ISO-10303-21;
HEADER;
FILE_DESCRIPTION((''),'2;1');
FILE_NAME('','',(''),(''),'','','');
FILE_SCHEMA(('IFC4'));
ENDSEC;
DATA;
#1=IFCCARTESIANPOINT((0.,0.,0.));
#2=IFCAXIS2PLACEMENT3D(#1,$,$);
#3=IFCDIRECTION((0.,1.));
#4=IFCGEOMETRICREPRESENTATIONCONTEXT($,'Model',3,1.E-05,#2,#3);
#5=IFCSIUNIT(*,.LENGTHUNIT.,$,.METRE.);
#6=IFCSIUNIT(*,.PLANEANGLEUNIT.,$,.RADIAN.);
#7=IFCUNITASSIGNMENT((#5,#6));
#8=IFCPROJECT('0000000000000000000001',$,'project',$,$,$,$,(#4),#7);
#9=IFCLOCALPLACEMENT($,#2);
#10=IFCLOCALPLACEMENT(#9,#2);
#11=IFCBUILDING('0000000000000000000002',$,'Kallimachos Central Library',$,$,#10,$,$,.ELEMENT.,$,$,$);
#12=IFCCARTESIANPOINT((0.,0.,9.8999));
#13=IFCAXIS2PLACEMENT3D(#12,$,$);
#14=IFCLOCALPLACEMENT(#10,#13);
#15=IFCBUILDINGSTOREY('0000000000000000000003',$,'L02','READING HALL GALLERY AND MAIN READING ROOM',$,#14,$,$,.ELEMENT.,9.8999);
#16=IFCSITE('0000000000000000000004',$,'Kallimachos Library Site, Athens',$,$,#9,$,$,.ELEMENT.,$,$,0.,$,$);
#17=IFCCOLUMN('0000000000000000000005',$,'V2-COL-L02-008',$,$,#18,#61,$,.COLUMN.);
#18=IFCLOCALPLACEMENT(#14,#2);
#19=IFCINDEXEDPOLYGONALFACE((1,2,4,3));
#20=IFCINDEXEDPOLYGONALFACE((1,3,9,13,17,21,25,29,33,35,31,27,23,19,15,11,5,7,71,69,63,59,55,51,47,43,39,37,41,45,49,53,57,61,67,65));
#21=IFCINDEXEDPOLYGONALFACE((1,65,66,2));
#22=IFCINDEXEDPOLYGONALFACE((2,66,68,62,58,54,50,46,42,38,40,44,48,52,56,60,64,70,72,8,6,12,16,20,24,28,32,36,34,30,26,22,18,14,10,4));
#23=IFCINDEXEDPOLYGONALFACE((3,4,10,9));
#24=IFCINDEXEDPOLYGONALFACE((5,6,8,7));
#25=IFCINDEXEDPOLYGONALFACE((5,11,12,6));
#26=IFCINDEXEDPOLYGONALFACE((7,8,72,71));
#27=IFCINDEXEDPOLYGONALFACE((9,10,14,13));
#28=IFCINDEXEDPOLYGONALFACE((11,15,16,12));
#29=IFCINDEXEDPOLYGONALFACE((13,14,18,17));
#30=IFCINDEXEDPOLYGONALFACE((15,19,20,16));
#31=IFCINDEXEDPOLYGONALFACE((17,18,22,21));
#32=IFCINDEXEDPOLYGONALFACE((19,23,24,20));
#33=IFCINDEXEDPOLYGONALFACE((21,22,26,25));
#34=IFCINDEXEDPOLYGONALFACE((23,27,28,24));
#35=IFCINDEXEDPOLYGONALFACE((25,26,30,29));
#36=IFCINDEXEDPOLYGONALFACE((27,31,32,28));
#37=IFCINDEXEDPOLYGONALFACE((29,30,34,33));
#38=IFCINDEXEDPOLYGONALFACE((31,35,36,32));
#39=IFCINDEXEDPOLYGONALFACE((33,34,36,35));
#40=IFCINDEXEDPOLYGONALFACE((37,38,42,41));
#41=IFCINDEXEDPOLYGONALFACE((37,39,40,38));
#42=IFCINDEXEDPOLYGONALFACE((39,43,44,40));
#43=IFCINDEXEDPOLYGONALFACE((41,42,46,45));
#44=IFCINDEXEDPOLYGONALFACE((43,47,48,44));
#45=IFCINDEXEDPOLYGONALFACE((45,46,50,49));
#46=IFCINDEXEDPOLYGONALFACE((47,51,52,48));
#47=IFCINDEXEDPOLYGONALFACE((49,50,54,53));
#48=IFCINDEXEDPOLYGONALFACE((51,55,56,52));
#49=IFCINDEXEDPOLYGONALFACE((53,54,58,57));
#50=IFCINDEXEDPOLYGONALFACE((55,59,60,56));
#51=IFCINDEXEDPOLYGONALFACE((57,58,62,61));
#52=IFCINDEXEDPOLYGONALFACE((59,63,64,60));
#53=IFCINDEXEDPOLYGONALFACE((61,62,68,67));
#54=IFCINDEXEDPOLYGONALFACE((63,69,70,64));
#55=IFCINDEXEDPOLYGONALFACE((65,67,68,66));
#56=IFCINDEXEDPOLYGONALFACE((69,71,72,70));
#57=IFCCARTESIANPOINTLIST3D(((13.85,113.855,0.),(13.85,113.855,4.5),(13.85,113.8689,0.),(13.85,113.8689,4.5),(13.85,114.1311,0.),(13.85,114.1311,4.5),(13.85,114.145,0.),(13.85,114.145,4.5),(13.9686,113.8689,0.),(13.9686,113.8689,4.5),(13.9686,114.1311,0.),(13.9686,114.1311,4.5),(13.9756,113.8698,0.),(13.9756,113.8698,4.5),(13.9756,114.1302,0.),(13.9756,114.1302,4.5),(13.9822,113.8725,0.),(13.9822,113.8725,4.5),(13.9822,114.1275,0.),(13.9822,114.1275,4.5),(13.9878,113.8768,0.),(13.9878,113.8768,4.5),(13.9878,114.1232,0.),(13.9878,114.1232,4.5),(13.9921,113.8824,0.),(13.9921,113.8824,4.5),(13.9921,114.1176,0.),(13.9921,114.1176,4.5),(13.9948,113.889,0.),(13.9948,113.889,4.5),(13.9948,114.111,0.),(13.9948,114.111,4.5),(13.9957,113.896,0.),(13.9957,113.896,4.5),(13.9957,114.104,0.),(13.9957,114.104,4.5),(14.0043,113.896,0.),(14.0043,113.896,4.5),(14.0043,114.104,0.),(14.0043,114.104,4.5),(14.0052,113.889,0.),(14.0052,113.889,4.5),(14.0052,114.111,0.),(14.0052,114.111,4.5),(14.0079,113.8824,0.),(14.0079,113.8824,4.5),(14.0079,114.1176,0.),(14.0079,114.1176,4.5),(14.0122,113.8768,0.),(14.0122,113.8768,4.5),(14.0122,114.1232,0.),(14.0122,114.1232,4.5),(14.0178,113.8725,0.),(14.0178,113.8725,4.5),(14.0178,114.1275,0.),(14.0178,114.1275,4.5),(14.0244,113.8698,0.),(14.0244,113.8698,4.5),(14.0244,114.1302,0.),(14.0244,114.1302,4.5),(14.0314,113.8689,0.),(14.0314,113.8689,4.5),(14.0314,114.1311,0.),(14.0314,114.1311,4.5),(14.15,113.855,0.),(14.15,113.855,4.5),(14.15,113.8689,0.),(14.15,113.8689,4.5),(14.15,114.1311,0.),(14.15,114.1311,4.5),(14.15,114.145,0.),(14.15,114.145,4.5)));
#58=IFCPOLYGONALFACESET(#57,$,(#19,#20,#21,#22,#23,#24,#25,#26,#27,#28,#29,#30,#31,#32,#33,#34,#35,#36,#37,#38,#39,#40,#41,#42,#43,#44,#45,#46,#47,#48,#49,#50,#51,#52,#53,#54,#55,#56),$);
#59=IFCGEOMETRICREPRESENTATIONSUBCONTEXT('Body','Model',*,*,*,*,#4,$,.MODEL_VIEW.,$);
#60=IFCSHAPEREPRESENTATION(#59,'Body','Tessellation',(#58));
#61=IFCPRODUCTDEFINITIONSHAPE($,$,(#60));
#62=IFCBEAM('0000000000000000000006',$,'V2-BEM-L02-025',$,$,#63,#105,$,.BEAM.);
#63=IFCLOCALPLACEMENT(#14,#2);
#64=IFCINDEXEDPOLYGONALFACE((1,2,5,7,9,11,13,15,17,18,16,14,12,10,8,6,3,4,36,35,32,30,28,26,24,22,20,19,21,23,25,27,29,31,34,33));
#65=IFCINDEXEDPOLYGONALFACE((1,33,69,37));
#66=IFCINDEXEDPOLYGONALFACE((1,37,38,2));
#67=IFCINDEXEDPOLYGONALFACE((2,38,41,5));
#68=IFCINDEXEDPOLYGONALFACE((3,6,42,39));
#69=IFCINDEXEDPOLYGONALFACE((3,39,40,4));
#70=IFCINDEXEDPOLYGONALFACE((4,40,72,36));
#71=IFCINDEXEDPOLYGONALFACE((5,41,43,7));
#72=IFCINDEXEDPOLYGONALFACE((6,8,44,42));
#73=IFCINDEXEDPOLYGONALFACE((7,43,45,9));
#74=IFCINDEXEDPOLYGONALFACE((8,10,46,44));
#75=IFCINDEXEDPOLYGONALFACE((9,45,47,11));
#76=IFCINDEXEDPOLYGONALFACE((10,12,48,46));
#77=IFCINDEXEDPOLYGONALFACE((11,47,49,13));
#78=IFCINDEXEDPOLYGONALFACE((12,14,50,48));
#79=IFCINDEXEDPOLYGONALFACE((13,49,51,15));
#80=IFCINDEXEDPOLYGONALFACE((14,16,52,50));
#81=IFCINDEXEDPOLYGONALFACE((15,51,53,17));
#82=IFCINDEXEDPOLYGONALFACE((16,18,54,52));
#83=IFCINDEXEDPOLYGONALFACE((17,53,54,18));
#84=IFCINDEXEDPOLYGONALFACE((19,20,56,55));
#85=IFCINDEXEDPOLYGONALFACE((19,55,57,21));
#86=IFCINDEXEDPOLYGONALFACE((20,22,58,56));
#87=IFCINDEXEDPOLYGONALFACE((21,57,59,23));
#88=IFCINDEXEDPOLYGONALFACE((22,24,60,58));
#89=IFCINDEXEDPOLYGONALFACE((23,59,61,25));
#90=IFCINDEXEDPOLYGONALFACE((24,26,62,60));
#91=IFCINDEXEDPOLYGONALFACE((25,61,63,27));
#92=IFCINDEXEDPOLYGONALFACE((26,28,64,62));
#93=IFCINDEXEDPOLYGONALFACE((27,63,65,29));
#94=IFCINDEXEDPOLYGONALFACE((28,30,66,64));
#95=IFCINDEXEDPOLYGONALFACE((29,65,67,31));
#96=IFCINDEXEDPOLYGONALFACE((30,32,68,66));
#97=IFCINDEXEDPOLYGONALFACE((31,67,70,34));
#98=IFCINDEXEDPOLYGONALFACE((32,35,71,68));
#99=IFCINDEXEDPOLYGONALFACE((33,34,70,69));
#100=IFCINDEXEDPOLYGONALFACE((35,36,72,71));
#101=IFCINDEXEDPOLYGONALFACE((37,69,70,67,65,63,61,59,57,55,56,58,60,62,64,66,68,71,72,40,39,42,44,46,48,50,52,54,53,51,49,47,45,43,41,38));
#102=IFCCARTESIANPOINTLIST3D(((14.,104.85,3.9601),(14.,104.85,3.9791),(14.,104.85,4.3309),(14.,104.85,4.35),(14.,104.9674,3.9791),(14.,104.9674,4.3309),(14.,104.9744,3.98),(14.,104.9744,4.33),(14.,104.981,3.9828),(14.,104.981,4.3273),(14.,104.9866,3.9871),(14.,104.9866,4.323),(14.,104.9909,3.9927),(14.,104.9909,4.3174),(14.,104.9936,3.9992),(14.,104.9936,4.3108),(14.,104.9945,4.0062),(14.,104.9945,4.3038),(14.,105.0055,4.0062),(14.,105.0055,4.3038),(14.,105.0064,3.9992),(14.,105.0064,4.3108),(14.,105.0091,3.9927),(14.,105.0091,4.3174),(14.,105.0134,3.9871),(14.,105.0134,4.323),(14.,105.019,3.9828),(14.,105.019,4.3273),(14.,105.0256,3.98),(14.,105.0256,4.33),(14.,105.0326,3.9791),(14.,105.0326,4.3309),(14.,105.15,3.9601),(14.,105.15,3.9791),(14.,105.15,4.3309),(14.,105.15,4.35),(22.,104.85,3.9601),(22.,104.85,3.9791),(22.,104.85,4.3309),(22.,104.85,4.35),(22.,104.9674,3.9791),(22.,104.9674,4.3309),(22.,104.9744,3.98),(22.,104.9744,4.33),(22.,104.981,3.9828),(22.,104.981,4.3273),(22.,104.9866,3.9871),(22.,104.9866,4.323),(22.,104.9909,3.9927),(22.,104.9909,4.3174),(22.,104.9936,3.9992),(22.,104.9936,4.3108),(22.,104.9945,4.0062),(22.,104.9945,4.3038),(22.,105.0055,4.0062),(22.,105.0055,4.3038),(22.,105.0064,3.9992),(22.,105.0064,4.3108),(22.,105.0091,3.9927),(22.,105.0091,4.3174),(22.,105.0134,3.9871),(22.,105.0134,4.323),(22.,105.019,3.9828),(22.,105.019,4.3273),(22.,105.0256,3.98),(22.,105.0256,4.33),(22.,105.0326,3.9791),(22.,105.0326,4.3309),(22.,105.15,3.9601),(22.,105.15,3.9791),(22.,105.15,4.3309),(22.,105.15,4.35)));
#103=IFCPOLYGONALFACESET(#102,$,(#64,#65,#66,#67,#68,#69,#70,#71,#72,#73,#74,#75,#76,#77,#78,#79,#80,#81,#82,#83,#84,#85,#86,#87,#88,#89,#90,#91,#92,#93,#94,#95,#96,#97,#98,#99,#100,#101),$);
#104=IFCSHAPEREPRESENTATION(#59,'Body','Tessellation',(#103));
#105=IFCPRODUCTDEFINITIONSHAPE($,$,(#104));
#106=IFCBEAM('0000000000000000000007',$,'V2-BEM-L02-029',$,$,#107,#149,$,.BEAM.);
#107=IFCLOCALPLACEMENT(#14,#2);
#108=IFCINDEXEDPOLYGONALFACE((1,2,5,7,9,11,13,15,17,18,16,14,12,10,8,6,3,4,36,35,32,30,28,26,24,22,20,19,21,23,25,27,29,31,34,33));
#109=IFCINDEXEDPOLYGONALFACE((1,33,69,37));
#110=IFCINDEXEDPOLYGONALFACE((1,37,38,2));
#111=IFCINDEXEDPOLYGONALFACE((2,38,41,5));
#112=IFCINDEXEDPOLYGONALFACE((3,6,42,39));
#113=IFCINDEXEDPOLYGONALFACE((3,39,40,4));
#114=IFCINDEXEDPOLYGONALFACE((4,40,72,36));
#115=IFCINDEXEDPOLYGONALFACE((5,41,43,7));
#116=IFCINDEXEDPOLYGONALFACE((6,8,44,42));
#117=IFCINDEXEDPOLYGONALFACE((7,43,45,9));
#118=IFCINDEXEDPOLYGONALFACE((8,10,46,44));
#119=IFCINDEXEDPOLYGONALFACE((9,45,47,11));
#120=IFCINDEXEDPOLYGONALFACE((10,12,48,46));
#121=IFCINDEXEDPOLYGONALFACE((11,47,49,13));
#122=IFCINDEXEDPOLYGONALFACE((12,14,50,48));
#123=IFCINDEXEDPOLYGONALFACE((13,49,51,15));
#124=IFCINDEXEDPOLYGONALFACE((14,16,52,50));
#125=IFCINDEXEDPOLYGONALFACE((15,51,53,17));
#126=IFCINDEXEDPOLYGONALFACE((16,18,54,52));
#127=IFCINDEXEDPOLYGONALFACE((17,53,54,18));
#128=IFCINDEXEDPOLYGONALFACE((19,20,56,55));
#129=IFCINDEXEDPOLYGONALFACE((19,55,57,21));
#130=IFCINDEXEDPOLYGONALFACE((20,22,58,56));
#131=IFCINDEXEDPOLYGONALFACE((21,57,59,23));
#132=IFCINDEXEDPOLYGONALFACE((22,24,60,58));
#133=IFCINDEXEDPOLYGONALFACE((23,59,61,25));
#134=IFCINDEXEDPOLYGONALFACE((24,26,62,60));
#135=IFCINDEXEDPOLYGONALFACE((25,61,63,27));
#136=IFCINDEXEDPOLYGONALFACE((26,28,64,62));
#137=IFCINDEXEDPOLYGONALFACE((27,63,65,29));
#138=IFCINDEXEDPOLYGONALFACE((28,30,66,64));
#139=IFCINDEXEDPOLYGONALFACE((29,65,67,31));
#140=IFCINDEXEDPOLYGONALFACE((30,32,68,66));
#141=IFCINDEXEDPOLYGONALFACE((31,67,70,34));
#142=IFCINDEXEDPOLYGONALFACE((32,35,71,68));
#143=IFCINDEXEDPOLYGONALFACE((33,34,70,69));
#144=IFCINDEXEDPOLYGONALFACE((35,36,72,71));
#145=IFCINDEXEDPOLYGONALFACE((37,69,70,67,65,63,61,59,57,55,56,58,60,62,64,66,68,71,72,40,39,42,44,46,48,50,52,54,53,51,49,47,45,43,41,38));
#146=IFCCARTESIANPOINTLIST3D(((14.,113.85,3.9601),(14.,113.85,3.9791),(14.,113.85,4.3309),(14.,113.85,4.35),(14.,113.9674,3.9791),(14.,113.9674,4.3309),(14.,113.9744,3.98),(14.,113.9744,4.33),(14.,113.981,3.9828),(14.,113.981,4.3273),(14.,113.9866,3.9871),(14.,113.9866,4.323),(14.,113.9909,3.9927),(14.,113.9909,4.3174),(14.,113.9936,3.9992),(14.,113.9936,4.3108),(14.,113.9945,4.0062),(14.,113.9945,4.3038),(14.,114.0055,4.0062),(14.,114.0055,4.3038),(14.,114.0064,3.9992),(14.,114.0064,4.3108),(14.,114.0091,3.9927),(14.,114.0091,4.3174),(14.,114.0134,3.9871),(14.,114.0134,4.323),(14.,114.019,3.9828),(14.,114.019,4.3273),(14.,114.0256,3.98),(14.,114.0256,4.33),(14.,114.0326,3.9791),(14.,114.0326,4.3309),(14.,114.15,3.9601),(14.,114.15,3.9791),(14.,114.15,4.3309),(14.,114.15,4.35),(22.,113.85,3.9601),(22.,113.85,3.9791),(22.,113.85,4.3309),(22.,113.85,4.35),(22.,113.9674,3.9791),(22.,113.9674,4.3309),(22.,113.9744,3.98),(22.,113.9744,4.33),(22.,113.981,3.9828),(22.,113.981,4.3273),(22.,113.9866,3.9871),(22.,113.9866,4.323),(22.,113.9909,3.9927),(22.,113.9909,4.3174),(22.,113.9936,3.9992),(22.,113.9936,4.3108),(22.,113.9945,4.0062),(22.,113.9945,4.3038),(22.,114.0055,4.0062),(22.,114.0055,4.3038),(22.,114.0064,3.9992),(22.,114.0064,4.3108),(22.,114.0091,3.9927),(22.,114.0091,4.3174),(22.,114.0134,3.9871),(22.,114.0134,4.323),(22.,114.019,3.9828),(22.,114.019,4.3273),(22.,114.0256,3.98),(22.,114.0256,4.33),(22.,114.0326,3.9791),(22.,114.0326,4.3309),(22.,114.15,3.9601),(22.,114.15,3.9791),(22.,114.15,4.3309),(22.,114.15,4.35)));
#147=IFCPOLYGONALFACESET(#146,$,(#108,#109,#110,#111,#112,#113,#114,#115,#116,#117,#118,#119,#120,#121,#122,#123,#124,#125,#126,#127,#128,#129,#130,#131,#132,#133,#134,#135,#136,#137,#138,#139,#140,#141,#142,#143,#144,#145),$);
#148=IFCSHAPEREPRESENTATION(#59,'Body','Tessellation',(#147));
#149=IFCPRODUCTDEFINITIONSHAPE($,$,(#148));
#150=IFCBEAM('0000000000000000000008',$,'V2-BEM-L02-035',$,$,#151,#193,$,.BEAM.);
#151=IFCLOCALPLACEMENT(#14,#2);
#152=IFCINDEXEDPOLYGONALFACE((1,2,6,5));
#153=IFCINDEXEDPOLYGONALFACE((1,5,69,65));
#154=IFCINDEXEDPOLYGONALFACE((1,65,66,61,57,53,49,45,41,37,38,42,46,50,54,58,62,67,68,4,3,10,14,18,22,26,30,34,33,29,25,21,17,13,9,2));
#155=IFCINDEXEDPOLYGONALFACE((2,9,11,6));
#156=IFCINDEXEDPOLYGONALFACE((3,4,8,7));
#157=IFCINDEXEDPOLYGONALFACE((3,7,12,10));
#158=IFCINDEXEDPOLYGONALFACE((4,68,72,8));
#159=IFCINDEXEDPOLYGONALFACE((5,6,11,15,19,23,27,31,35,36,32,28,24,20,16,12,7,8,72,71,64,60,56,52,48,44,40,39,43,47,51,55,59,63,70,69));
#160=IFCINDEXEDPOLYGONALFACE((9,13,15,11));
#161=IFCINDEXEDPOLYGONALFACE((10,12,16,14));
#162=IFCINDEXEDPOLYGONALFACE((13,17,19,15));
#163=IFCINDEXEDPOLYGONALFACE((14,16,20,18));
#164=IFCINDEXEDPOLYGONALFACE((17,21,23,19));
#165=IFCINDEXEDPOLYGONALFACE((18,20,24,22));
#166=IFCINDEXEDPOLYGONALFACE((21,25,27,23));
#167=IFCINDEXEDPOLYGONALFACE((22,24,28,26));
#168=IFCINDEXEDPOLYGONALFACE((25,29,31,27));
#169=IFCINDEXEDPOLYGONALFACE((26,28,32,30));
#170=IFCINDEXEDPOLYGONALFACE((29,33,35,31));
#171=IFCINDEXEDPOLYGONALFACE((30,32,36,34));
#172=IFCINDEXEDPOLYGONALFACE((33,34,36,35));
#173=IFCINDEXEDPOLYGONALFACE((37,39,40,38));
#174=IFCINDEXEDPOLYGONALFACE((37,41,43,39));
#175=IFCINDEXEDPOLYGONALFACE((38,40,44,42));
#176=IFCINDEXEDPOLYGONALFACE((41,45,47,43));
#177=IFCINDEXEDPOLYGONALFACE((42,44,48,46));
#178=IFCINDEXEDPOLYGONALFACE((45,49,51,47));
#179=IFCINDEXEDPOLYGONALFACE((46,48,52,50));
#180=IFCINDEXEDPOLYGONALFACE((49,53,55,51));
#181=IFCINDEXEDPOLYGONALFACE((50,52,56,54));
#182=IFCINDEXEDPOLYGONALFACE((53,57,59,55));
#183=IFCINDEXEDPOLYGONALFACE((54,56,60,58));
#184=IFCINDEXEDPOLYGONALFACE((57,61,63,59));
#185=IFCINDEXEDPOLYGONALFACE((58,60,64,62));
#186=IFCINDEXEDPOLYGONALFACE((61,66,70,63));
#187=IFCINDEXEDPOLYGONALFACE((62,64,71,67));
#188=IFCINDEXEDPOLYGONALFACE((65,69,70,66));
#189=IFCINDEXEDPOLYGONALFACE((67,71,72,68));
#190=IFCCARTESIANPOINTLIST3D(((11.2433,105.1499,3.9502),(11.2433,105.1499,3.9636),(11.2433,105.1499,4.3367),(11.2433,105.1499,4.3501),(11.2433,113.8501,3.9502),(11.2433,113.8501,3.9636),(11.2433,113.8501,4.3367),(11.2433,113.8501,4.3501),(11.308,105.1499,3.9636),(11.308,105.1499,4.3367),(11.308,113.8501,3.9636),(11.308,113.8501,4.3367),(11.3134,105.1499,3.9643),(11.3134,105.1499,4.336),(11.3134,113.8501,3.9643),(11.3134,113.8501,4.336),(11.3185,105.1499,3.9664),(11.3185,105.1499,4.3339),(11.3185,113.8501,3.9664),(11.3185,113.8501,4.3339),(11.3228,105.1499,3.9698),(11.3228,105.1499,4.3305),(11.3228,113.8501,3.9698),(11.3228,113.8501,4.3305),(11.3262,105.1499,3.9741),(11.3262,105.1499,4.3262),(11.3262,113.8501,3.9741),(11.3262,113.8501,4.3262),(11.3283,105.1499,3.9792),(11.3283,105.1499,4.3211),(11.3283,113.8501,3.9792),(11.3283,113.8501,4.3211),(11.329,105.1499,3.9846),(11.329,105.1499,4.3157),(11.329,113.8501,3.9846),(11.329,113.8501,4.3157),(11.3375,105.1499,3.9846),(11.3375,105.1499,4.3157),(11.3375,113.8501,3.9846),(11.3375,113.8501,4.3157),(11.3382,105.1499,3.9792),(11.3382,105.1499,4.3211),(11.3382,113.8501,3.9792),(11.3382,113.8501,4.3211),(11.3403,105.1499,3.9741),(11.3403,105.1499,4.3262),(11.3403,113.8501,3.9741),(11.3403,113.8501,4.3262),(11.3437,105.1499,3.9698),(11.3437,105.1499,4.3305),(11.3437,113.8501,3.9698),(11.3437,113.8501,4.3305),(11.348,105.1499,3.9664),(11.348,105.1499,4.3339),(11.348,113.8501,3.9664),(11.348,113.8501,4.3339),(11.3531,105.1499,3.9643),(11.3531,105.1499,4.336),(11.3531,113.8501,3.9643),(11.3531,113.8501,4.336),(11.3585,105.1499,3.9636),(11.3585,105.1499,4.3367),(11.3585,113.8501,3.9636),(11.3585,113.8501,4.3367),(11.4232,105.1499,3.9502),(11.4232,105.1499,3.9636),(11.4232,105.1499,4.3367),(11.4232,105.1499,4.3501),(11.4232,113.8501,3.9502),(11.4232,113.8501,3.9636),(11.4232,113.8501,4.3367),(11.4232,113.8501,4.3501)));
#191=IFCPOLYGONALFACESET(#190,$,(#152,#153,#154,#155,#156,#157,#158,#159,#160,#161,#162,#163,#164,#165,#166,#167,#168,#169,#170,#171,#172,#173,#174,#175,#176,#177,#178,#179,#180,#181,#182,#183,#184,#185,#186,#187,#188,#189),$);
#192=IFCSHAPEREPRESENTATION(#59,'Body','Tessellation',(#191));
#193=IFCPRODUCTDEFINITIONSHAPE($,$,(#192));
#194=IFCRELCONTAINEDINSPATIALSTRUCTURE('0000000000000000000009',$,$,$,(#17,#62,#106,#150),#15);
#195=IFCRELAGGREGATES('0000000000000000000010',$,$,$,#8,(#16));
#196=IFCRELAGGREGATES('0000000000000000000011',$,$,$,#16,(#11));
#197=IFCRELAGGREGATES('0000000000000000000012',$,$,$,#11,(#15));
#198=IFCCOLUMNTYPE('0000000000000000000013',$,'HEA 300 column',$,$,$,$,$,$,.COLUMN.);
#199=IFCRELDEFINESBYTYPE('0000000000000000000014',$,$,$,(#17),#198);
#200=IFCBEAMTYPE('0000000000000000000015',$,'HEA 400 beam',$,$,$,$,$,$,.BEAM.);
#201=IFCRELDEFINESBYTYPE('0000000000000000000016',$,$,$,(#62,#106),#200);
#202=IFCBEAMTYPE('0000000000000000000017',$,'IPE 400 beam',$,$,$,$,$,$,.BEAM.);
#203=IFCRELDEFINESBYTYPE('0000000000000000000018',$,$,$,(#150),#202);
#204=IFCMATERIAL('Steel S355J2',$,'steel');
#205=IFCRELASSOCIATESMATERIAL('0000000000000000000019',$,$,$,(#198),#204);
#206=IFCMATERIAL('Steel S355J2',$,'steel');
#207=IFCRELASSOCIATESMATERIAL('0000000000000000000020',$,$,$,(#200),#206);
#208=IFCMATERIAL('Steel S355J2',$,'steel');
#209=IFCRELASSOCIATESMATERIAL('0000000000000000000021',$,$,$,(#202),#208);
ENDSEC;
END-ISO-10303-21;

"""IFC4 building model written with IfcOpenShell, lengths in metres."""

from ifc_helpers import new_model, si_unit, direction, frame, origin, origin_2d, place, context, subcontext, project, spatial, i_section, extrude, material, material_profile, profile_set, type_object, element, save


model = new_model("IFC4")

# Units and contexts
model_context = context("Model", 3, precision=1e-05, world=origin(), true_north=direction((0.0, 1.0)))
body_context = subcontext(model_context, "Body", "Model", "MODEL_VIEW")
ifc_project = project(units=[si_unit("LENGTHUNIT", "METRE"), si_unit("PLANEANGLEUNIT", "RADIAN")], contexts=[model_context])

# Site, building, storey
site_placement = place(None, origin())
site = spatial("IfcSite", under=ifc_project, at=site_placement, Name="Kallimachos Library Site, Athens", CompositionType="ELEMENT", RefElevation=0.0)
building_placement = place(site_placement, origin())
building = spatial("IfcBuilding", under=site, at=building_placement, Name="Kallimachos Central Library", CompositionType="ELEMENT")
storey_placement = place(building_placement, frame((0.0, 0.0, 9.8999)))
storey = spatial("IfcBuildingStorey", under=building, at=storey_placement, Name="L02", Description="READING HALL GALLERY AND MAIN READING ROOM", CompositionType="ELEMENT", Elevation=9.8999)

# Column
ifc_material_1 = material(Name="Steel S355J2", Category="steel")
ifc_material_profile_1 = material_profile(ifc_material_1, i_section(OverallWidth=0.3, OverallDepth=0.29, WebThickness=0.0085, FlangeThickness=0.0139, FilletRadius=0.0271, at=origin_2d()), Name="HEA 300")
ifc_profile_set_1 = profile_set([ifc_material_profile_1], Name="Steel S355J2")
column_type = type_object("IfcColumnType", Name="HEA 300 column", PredefinedType="COLUMN", material=ifc_profile_set_1)
column_placement = place(storey_placement, frame((14.0, 114.0, 0.0), z_axis=(0.0, 0.0, 1.0), x_axis=(1.0, 0.0, 0.0)))
element("IfcColumn", 1, at=column_placement, inside=storey, type_object=column_type, Name="V2-COL-L02-008", PredefinedType="COLUMN", context=body_context, shape_type="SweptSolid", body=[
    extrude(i_section(OverallWidth=0.3, OverallDepth=0.29, WebThickness=0.0085, FlangeThickness=0.0139, FilletRadius=0.0271, at=origin_2d()), origin(), (0.0, 0.0, 1.0), 4.5),
])

# Beams
ifc_material_2 = material(Name="Steel S355J2", Category="steel")
ifc_material_profile_2 = material_profile(ifc_material_2, i_section(OverallWidth=0.3, OverallDepth=0.3899, WebThickness=0.011, FlangeThickness=0.019, FilletRadius=0.0271, at=origin_2d()), Name="HEA 400")
ifc_profile_set_2 = profile_set([ifc_material_profile_2], Name="Steel S355J2")
beam_type_1 = type_object("IfcBeamType", Name="HEA 400 beam", PredefinedType="BEAM", material=ifc_profile_set_2)
for number, where, z_axis, x_axis, name in (
    (2, (14.0, 105.0, 4.155), (1.0, 0.0, 0.0), (0.0, 1.0, 0.0), "V2-BEM-L02-025"),
    (3, (14.0, 114.0, 4.155), (1.0, 0.0, 0.0), (0.0, 1.0, 0.0), "V2-BEM-L02-029"),
):
    element("IfcBeam", number, at=place(storey_placement, frame(where, z_axis=z_axis, x_axis=x_axis)), inside=storey, type_object=beam_type_1, Name=name, PredefinedType="BEAM", context=body_context, shape_type="SweptSolid", body=[
        extrude(i_section(OverallWidth=0.3, OverallDepth=0.3899, WebThickness=0.011, FlangeThickness=0.019, FilletRadius=0.0271, at=origin_2d()), origin(), (0.0, 0.0, 1.0), 8.0),
    ])
ifc_material_3 = material(Name="Steel S355J2", Category="steel")
ifc_material_profile_3 = material_profile(ifc_material_3, i_section(OverallWidth=0.1799, OverallDepth=0.3999, WebThickness=0.0085, FlangeThickness=0.0134, FilletRadius=0.021, at=origin_2d()), Name="IPE 400")
ifc_profile_set_3 = profile_set([ifc_material_profile_3], Name="Steel S355J2")
beam_type_2 = type_object("IfcBeamType", Name="IPE 400 beam", PredefinedType="BEAM", material=ifc_profile_set_3)
for number, where, z_axis, x_axis, name in (
    (4, (11.3333, 105.1499, 4.1501), (0.0, 1.0, 0.0), (-1.0, 0.0, 0.0), "V2-BEM-L02-035"),
):
    element("IfcBeam", number, at=place(storey_placement, frame(where, z_axis=z_axis, x_axis=x_axis)), inside=storey, type_object=beam_type_2, Name=name, PredefinedType="BEAM", context=body_context, shape_type="SweptSolid", body=[
        extrude(i_section(OverallWidth=0.1799, OverallDepth=0.3999, WebThickness=0.0085, FlangeThickness=0.0134, FilletRadius=0.021, at=origin_2d()), origin(), (0.0, 0.0, 1.0), 8.7002),
    ])

save(model, "model.ifc")
